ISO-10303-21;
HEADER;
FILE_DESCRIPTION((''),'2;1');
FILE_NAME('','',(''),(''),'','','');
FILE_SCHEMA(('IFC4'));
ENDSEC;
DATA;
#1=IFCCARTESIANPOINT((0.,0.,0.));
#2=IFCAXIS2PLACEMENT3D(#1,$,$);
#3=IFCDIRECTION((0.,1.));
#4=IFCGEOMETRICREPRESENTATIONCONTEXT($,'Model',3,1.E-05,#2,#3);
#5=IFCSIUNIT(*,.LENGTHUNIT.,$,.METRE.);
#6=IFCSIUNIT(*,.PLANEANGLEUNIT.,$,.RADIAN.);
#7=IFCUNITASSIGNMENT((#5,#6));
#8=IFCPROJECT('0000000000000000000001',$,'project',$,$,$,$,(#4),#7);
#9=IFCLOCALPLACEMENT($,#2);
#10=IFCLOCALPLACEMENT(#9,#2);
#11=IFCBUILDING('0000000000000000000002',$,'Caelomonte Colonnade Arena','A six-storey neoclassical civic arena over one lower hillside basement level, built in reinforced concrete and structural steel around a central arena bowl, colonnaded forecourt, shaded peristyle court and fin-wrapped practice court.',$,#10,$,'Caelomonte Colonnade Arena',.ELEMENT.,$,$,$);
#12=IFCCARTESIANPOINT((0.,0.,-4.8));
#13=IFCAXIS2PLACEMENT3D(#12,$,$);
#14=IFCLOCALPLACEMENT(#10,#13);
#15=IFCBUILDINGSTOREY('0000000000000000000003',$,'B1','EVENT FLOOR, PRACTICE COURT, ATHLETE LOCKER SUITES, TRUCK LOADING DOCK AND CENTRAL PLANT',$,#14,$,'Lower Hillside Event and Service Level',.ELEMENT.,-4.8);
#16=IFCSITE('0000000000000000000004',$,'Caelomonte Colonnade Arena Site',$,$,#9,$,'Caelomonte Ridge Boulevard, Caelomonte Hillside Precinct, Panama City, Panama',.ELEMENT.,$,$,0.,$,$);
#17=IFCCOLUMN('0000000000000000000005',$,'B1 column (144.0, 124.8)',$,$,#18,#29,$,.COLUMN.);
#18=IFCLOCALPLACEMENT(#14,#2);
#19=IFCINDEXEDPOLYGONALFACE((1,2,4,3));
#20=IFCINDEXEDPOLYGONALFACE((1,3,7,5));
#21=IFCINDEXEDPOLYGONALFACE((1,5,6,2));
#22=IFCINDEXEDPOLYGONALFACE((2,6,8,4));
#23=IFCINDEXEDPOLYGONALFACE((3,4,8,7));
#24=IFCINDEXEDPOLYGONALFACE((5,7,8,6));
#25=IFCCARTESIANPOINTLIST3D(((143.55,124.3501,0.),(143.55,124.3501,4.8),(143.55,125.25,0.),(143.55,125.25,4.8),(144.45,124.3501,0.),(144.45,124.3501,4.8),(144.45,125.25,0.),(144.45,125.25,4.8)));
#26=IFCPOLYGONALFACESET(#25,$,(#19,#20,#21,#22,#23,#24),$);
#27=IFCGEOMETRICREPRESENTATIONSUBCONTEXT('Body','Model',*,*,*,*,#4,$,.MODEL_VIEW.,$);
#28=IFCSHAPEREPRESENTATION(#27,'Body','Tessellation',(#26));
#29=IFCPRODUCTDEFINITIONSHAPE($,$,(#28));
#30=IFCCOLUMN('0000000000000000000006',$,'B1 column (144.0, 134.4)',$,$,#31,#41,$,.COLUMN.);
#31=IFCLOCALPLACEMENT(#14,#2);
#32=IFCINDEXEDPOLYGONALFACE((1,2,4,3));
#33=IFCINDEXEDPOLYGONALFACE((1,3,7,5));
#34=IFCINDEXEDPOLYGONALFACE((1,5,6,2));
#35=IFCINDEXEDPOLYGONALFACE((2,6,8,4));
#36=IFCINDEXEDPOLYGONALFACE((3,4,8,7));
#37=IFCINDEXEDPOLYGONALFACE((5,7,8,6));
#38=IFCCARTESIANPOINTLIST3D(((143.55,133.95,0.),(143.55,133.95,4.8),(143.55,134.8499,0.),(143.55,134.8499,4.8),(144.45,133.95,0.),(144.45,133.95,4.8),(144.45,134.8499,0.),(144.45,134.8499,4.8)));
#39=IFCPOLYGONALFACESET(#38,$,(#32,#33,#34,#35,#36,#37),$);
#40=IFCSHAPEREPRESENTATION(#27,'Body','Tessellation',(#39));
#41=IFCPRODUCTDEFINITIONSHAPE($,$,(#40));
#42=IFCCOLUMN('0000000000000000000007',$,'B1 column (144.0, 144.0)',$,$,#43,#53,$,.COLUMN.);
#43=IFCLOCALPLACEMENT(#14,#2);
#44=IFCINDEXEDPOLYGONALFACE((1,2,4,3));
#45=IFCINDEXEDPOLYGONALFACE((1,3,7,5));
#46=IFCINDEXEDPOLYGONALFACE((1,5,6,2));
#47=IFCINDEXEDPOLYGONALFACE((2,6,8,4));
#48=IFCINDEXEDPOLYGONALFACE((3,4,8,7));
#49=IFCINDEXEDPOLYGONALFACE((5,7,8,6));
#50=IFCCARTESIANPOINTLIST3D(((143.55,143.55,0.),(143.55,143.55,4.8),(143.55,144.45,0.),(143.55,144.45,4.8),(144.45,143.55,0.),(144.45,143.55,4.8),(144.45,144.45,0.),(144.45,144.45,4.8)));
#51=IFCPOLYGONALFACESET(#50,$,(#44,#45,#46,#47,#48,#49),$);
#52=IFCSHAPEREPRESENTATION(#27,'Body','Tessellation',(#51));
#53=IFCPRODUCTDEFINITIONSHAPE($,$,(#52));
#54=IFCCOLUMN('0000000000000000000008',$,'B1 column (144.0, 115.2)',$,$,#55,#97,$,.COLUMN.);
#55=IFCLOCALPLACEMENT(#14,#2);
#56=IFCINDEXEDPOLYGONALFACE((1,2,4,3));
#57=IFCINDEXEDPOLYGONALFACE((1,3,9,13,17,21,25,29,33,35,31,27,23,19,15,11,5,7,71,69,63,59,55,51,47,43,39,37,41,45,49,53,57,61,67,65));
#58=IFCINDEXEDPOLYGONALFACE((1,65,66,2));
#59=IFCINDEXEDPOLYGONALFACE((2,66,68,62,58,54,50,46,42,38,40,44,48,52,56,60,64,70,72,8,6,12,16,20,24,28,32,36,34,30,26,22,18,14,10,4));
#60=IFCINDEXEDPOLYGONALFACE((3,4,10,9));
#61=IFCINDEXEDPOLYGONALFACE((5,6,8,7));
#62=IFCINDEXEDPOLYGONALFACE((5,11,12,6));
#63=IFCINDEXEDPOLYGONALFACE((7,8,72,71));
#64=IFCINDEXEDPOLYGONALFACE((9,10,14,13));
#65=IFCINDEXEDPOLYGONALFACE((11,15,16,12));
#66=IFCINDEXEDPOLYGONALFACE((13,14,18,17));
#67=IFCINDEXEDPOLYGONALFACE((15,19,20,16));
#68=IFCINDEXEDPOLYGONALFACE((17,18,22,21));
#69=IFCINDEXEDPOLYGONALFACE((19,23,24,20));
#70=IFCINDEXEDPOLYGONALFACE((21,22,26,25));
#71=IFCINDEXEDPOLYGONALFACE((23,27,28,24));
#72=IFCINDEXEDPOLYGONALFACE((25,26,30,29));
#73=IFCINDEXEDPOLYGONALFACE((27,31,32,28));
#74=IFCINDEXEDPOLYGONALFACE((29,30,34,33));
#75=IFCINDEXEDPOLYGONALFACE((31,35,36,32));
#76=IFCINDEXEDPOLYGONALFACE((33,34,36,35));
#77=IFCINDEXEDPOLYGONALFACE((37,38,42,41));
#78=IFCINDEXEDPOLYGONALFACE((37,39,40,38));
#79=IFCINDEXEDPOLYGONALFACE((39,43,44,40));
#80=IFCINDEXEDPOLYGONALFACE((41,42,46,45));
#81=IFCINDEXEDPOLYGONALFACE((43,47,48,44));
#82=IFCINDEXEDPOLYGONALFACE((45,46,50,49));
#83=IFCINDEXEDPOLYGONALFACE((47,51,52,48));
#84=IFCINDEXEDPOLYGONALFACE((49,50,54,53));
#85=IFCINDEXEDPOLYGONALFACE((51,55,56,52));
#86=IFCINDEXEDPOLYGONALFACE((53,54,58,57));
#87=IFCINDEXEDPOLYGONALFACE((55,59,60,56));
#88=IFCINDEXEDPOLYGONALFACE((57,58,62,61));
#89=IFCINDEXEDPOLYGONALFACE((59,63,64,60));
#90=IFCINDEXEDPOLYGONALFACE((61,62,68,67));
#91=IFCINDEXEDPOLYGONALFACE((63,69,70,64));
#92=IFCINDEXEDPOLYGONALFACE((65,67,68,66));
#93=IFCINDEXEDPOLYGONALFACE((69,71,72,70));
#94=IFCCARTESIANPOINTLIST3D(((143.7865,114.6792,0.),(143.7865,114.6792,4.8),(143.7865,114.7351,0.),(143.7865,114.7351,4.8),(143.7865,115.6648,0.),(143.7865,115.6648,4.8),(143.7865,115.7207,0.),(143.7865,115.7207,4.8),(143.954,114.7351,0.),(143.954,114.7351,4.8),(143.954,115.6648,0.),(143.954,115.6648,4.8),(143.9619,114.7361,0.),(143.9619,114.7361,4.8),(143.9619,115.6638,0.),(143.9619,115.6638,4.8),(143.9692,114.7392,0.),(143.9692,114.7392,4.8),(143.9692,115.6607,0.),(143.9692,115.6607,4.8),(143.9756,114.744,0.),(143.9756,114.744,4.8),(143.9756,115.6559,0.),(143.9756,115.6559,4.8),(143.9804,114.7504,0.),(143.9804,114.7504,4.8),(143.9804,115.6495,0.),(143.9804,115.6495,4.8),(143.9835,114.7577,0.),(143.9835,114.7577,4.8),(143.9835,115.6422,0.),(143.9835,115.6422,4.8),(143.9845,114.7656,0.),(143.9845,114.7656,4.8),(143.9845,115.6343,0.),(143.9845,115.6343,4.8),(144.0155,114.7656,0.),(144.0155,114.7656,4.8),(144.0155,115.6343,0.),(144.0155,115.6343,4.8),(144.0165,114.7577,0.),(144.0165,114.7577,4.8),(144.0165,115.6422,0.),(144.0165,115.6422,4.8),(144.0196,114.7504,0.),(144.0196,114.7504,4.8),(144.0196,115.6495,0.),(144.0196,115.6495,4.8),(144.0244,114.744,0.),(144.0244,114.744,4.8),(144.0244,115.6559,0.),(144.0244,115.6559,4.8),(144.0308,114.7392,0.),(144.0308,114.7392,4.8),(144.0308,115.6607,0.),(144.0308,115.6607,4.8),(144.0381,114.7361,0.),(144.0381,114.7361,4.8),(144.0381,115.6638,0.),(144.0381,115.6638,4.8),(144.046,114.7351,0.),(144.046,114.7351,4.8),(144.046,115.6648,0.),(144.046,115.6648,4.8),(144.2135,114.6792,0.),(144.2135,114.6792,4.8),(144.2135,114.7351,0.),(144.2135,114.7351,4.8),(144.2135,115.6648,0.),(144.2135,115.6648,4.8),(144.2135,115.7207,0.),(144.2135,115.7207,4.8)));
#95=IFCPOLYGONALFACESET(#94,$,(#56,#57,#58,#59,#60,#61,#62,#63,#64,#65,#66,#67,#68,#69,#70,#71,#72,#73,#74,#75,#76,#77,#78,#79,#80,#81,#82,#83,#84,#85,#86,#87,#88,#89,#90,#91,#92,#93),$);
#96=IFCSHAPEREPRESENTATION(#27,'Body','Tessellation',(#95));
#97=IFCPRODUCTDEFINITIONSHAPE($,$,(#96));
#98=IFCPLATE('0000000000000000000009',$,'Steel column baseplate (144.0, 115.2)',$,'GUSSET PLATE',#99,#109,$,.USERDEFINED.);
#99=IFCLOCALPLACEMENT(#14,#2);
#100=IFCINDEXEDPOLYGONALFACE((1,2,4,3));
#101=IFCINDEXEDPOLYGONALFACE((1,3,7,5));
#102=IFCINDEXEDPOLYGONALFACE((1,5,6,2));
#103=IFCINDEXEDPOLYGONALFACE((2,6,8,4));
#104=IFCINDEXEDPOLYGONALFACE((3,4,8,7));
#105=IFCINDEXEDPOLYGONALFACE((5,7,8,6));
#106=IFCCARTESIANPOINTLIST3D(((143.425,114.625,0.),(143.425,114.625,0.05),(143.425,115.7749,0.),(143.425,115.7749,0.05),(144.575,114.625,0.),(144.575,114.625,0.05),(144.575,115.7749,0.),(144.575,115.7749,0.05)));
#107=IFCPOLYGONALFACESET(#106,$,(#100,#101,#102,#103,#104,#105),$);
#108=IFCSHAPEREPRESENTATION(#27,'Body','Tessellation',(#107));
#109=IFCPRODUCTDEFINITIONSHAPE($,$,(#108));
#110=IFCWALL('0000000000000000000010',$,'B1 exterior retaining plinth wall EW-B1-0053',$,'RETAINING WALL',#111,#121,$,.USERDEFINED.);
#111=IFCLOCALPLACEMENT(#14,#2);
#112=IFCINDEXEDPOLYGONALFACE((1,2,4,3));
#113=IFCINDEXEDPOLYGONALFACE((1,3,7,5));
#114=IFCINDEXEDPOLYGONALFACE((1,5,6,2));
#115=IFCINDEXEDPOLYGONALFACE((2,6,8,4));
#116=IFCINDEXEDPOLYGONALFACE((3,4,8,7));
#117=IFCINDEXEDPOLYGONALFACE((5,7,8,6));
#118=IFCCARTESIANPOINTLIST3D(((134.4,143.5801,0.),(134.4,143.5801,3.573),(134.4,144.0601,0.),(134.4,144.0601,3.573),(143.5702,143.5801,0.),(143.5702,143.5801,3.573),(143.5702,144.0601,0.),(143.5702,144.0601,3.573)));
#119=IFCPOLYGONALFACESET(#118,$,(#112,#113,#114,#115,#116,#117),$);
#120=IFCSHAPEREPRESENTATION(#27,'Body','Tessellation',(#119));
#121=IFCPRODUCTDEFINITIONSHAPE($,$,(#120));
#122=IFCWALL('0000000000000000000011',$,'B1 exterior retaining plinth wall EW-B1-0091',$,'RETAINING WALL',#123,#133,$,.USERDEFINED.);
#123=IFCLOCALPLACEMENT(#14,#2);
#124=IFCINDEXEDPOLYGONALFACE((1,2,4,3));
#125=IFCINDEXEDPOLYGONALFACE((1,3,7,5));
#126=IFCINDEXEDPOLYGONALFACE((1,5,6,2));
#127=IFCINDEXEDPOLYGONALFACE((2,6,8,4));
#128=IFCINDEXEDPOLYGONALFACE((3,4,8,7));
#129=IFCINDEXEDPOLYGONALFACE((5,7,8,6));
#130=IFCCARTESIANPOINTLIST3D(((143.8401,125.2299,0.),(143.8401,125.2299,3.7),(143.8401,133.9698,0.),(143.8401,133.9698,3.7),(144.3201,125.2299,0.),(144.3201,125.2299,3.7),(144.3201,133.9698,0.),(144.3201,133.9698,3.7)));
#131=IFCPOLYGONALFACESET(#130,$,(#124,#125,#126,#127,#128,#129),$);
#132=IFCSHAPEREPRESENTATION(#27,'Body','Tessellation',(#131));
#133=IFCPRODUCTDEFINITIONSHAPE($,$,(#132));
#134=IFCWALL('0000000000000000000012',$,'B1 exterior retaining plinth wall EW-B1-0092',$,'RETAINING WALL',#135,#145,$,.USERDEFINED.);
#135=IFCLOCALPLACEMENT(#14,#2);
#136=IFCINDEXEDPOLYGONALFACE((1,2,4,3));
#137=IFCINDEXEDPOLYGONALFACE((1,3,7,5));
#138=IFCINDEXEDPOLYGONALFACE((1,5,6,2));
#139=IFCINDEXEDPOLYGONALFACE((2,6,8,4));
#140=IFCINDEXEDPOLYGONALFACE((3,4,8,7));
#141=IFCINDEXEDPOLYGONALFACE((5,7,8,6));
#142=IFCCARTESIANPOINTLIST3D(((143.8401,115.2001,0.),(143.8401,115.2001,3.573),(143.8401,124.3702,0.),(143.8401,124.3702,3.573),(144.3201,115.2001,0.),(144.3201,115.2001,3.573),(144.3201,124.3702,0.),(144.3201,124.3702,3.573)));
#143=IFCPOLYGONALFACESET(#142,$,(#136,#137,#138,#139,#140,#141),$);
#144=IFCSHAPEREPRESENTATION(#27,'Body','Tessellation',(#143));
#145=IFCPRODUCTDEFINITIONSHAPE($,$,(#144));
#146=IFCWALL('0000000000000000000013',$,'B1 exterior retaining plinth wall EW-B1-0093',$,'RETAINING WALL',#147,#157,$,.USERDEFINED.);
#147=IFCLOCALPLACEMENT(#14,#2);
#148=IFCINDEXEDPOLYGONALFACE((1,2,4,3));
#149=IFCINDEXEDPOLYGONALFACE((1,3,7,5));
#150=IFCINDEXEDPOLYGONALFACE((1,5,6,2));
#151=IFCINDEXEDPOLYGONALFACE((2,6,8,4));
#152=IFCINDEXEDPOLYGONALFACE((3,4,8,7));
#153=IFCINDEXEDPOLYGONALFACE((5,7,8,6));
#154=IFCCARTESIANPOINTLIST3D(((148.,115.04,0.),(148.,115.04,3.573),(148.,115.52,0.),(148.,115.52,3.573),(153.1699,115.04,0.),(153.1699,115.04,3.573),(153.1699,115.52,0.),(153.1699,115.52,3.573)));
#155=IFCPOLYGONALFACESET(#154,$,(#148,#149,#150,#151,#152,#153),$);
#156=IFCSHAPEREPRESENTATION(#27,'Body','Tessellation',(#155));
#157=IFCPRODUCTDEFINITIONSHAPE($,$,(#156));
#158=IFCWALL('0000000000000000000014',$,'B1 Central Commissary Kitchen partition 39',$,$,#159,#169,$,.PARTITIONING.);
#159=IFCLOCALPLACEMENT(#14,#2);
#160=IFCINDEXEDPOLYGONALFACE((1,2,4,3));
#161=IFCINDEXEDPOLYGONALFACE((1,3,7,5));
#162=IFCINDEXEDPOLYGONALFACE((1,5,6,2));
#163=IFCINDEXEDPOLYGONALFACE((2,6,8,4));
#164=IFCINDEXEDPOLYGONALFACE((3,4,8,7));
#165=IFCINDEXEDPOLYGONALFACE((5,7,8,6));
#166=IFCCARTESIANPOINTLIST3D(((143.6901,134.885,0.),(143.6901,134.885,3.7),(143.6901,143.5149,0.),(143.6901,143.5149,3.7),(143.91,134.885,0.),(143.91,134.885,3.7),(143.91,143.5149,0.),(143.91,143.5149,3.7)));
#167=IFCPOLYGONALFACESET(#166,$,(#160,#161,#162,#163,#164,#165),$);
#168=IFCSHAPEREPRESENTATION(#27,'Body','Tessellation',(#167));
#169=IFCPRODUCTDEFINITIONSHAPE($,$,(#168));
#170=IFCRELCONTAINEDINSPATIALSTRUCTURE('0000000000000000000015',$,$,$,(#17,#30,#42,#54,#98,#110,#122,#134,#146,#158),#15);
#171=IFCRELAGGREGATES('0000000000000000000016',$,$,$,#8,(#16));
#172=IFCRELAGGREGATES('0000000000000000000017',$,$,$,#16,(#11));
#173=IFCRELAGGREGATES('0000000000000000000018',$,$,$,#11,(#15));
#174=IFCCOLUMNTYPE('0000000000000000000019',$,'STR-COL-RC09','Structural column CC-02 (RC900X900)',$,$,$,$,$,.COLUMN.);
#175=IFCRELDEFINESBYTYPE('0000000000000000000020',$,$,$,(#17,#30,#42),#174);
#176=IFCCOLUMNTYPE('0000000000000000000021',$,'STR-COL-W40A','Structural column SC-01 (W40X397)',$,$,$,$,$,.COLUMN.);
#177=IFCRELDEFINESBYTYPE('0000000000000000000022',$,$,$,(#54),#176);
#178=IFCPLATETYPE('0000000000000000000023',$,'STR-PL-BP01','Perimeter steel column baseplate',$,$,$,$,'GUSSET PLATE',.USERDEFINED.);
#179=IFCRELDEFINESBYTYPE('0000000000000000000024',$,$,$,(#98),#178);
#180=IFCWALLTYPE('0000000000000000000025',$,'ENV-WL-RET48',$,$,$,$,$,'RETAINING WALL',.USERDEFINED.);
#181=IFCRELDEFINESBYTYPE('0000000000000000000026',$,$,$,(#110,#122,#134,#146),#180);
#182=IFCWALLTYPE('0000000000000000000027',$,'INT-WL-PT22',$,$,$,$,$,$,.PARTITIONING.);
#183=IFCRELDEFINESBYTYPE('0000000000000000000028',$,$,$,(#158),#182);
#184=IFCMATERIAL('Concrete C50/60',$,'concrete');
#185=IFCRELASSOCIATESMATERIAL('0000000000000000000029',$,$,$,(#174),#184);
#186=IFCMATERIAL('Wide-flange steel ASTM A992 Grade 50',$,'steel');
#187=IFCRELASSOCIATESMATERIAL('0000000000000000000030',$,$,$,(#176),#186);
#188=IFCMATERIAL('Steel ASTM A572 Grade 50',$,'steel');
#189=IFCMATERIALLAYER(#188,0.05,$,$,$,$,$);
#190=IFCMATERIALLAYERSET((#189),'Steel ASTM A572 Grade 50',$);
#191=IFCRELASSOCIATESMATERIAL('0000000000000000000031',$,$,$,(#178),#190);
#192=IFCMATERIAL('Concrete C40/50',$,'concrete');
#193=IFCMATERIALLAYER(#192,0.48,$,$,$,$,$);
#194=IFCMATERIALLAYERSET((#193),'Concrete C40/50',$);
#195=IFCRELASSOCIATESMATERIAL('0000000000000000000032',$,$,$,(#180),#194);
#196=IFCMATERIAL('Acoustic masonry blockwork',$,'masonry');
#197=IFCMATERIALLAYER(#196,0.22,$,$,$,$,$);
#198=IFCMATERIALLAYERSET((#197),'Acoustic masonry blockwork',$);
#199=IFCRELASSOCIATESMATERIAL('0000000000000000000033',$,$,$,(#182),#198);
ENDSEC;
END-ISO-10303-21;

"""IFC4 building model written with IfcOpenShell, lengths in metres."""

from ifc_helpers import new_model, si_unit, direction, frame, frame_2d, origin, origin_2d, place, context, subcontext, project, spatial, rectangle, i_section, extrude, material, layer, layer_set, material_profile, profile_set, type_object, element, save


model = new_model("IFC4")

# Units and contexts
model_context = context("Model", 3, precision=1e-05, world=origin(), true_north=direction((0.0, 1.0)))
body_context = subcontext(model_context, "Body", "Model", "MODEL_VIEW")
ifc_project = project(units=[si_unit("LENGTHUNIT", "METRE"), si_unit("PLANEANGLEUNIT", "RADIAN")], contexts=[model_context])

# Site, building, storey
site_placement = place(None, origin())
site = spatial("IfcSite", under=ifc_project, at=site_placement, Name="Caelomonte Colonnade Arena Site", LongName="Caelomonte Ridge Boulevard, Caelomonte Hillside Precinct, Panama City, Panama", CompositionType="ELEMENT", RefElevation=0.0)
building_placement = place(site_placement, origin())
building = spatial("IfcBuilding", under=site, at=building_placement, Name="Caelomonte Colonnade Arena", Description="A six-storey neoclassical civic arena over one lower hillside basement level, built in reinforced concrete and structural steel around a central arena bowl, colonnaded forecourt, shaded peristyle court and fin-wrapped practice court.", LongName="Caelomonte Colonnade Arena", CompositionType="ELEMENT")
storey_placement = place(building_placement, frame((0.0, 0.0, -4.8)))
storey = spatial("IfcBuildingStorey", under=building, at=storey_placement, Name="B1", Description="EVENT FLOOR, PRACTICE COURT, ATHLETE LOCKER SUITES, TRUCK LOADING DOCK AND CENTRAL PLANT", LongName="Lower Hillside Event and Service Level", CompositionType="ELEMENT", Elevation=-4.8)

# Shared definitions
ifc_material_1 = material(Name="Concrete C40/50", Category="concrete")

# Columns
ifc_material_2 = material(Name="Concrete C50/60", Category="concrete")
ifc_material_profile_1 = material_profile(ifc_material_2, rectangle(XDim=0.8999, YDim=0.8999, at=origin_2d()), Name="RC900X900")
ifc_profile_set_1 = profile_set([ifc_material_profile_1], Name="Concrete C50/60")
column_type_1 = type_object("IfcColumnType", Name="STR-COL-RC09", Description="Structural column CC-02 (RC900X900)", PredefinedType="COLUMN", material=ifc_profile_set_1)
for number, where, z_axis, x_axis, name in (
    (1, (144.0, 124.8, 0.0), (0.0, 0.0, 1.0), (1.0, 0.0, 0.0), "B1 column (144.0, 124.8)"),
    (2, (144.0, 134.3999, 0.0), (0.0, 0.0, 1.0), (1.0, 0.0, 0.0), "B1 column (144.0, 134.4)"),
    (3, (144.0, 144.0, 0.0), (0.0, 0.0, 1.0), (1.0, 0.0, 0.0), "B1 column (144.0, 144.0)"),
):
    element("IfcColumn", number, at=place(storey_placement, frame(where, z_axis=z_axis, x_axis=x_axis)), inside=storey, type_object=column_type_1, Name=name, PredefinedType="COLUMN", context=body_context, shape_type="SweptSolid", body=[
        extrude(rectangle(XDim=0.8999, YDim=0.8999, at=origin_2d()), origin(), (0.0, 0.0, 1.0), 4.8),
    ])
ifc_material_3 = material(Name="Wide-flange steel ASTM A992 Grade 50", Category="steel")
ifc_material_profile_2 = material_profile(ifc_material_3, i_section(OverallWidth=0.427, OverallDepth=1.0415, WebThickness=0.031, FlangeThickness=0.0559, FilletRadius=0.0305, at=origin_2d()), Name="W40X397")
ifc_profile_set_2 = profile_set([ifc_material_profile_2], Name="Wide-flange steel ASTM A992 Grade 50")
column_type_2 = type_object("IfcColumnType", Name="STR-COL-W40A", Description="Structural column SC-01 (W40X397)", PredefinedType="COLUMN", material=ifc_profile_set_2)
column_placement = place(storey_placement, frame((144.0, 115.2, 0.0), z_axis=(0.0, 0.0, 1.0), x_axis=(1.0, 0.0, 0.0)))
element("IfcColumn", 4, at=column_placement, inside=storey, type_object=column_type_2, Name="B1 column (144.0, 115.2)", PredefinedType="COLUMN", context=body_context, shape_type="SweptSolid", body=[
    extrude(i_section(OverallWidth=0.427, OverallDepth=1.0415, WebThickness=0.031, FlangeThickness=0.0559, FilletRadius=0.0305, at=origin_2d()), origin(), (0.0, 0.0, 1.0), 4.8),
])

# Plate
ifc_material_4 = material(Name="Steel ASTM A572 Grade 50", Category="steel")
ifc_layer_1 = layer(ifc_material_4, 0.05)
ifc_layer_set_1 = layer_set([ifc_layer_1], Name="Steel ASTM A572 Grade 50")
plate_type = type_object("IfcPlateType", Name="STR-PL-BP01", Description="Perimeter steel column baseplate", ElementType="GUSSET PLATE", PredefinedType="USERDEFINED", material=ifc_layer_set_1)
plate_placement = place(storey_placement, frame((144.0, 115.2, 0.0), z_axis=(0.0, 0.0, 1.0), x_axis=(1.0, 0.0, 0.0)))
element("IfcPlate", 5, at=plate_placement, inside=storey, type_object=plate_type, Name="Steel column baseplate (144.0, 115.2)", ObjectType="GUSSET PLATE", PredefinedType="USERDEFINED", context=body_context, shape_type="SweptSolid", body=[
    extrude(rectangle(XDim=1.1499, YDim=1.1499, at=origin_2d()), origin(), (0.0, 0.0, 1.0), 0.05),
])

# Walls
ifc_layer_2 = layer(ifc_material_1, 0.48)
ifc_layer_set_2 = layer_set([ifc_layer_2], Name="Concrete C40/50")
wall_type_1 = type_object("IfcWallType", Name="ENV-WL-RET48", ElementType="RETAINING WALL", PredefinedType="USERDEFINED", material=ifc_layer_set_2)
wall_1_placement = place(storey_placement, frame((143.5701, 143.8201, 0.0), z_axis=(0.0, 0.0, 1.0), x_axis=(-1.0, 0.0, 0.0)))
element("IfcWall", 6, at=wall_1_placement, inside=storey, type_object=wall_type_1, Name="B1 exterior retaining plinth wall EW-B1-0053", ObjectType="RETAINING WALL", PredefinedType="USERDEFINED", context=body_context, shape_type="SweptSolid", body=[
    extrude(rectangle(XDim=9.1702, YDim=0.48, at=frame_2d((4.585, 0.0))), origin(), (0.0, 0.0, 1.0), 3.573),
])
wall_2_placement = place(storey_placement, frame((144.0801, 133.97, 0.0), z_axis=(0.0, 0.0, 1.0), x_axis=(0.0, -1.0, 0.0)))
element("IfcWall", 7, at=wall_2_placement, inside=storey, type_object=wall_type_1, Name="B1 exterior retaining plinth wall EW-B1-0091", ObjectType="RETAINING WALL", PredefinedType="USERDEFINED", context=body_context, shape_type="SweptSolid", body=[
    extrude(rectangle(XDim=8.74, YDim=0.48, at=frame_2d((4.3701, 0.0))), origin(), (0.0, 0.0, 1.0), 3.7),
])
wall_3_placement = place(storey_placement, frame((144.0801, 124.3701, 0.0), z_axis=(0.0, 0.0, 1.0), x_axis=(0.0, -1.0, 0.0)))
element("IfcWall", 8, at=wall_3_placement, inside=storey, type_object=wall_type_1, Name="B1 exterior retaining plinth wall EW-B1-0092", ObjectType="RETAINING WALL", PredefinedType="USERDEFINED", context=body_context, shape_type="SweptSolid", body=[
    extrude(rectangle(XDim=9.1702, YDim=0.48, at=frame_2d((4.585, 0.0))), origin(), (0.0, 0.0, 1.0), 3.573),
])
wall_4_placement = place(storey_placement, frame((148.0, 115.28, 0.0), z_axis=(0.0, 0.0, 1.0), x_axis=(1.0, 0.0, 0.0)))
element("IfcWall", 9, at=wall_4_placement, inside=storey, type_object=wall_type_1, Name="B1 exterior retaining plinth wall EW-B1-0093", ObjectType="RETAINING WALL", PredefinedType="USERDEFINED", context=body_context, shape_type="SweptSolid", body=[
    extrude(rectangle(XDim=5.1699, YDim=0.48, at=frame_2d((2.585, 0.0))), origin(), (0.0, 0.0, 1.0), 3.573),
])
ifc_material_5 = material(Name="Acoustic masonry blockwork", Category="masonry")
ifc_layer_3 = layer(ifc_material_5, 0.22)
ifc_layer_set_3 = layer_set([ifc_layer_3], Name="Acoustic masonry blockwork")
wall_type_2 = type_object("IfcWallType", Name="INT-WL-PT22", PredefinedType="PARTITIONING", material=ifc_layer_set_3)
wall_5_placement = place(storey_placement, frame((143.8, 143.5149, 0.0), z_axis=(0.0, 0.0, 1.0), x_axis=(0.0, -1.0, 0.0)))
element("IfcWall", 10, at=wall_5_placement, inside=storey, type_object=wall_type_2, Name="B1 Central Commissary Kitchen partition 39", PredefinedType="PARTITIONING", context=body_context, shape_type="SweptSolid", body=[
    extrude(rectangle(XDim=8.6299, YDim=0.22, at=frame_2d((4.3149, 0.0))), origin(), (0.0, 0.0, 1.0), 3.7),
])

save(model, "model.ifc")
